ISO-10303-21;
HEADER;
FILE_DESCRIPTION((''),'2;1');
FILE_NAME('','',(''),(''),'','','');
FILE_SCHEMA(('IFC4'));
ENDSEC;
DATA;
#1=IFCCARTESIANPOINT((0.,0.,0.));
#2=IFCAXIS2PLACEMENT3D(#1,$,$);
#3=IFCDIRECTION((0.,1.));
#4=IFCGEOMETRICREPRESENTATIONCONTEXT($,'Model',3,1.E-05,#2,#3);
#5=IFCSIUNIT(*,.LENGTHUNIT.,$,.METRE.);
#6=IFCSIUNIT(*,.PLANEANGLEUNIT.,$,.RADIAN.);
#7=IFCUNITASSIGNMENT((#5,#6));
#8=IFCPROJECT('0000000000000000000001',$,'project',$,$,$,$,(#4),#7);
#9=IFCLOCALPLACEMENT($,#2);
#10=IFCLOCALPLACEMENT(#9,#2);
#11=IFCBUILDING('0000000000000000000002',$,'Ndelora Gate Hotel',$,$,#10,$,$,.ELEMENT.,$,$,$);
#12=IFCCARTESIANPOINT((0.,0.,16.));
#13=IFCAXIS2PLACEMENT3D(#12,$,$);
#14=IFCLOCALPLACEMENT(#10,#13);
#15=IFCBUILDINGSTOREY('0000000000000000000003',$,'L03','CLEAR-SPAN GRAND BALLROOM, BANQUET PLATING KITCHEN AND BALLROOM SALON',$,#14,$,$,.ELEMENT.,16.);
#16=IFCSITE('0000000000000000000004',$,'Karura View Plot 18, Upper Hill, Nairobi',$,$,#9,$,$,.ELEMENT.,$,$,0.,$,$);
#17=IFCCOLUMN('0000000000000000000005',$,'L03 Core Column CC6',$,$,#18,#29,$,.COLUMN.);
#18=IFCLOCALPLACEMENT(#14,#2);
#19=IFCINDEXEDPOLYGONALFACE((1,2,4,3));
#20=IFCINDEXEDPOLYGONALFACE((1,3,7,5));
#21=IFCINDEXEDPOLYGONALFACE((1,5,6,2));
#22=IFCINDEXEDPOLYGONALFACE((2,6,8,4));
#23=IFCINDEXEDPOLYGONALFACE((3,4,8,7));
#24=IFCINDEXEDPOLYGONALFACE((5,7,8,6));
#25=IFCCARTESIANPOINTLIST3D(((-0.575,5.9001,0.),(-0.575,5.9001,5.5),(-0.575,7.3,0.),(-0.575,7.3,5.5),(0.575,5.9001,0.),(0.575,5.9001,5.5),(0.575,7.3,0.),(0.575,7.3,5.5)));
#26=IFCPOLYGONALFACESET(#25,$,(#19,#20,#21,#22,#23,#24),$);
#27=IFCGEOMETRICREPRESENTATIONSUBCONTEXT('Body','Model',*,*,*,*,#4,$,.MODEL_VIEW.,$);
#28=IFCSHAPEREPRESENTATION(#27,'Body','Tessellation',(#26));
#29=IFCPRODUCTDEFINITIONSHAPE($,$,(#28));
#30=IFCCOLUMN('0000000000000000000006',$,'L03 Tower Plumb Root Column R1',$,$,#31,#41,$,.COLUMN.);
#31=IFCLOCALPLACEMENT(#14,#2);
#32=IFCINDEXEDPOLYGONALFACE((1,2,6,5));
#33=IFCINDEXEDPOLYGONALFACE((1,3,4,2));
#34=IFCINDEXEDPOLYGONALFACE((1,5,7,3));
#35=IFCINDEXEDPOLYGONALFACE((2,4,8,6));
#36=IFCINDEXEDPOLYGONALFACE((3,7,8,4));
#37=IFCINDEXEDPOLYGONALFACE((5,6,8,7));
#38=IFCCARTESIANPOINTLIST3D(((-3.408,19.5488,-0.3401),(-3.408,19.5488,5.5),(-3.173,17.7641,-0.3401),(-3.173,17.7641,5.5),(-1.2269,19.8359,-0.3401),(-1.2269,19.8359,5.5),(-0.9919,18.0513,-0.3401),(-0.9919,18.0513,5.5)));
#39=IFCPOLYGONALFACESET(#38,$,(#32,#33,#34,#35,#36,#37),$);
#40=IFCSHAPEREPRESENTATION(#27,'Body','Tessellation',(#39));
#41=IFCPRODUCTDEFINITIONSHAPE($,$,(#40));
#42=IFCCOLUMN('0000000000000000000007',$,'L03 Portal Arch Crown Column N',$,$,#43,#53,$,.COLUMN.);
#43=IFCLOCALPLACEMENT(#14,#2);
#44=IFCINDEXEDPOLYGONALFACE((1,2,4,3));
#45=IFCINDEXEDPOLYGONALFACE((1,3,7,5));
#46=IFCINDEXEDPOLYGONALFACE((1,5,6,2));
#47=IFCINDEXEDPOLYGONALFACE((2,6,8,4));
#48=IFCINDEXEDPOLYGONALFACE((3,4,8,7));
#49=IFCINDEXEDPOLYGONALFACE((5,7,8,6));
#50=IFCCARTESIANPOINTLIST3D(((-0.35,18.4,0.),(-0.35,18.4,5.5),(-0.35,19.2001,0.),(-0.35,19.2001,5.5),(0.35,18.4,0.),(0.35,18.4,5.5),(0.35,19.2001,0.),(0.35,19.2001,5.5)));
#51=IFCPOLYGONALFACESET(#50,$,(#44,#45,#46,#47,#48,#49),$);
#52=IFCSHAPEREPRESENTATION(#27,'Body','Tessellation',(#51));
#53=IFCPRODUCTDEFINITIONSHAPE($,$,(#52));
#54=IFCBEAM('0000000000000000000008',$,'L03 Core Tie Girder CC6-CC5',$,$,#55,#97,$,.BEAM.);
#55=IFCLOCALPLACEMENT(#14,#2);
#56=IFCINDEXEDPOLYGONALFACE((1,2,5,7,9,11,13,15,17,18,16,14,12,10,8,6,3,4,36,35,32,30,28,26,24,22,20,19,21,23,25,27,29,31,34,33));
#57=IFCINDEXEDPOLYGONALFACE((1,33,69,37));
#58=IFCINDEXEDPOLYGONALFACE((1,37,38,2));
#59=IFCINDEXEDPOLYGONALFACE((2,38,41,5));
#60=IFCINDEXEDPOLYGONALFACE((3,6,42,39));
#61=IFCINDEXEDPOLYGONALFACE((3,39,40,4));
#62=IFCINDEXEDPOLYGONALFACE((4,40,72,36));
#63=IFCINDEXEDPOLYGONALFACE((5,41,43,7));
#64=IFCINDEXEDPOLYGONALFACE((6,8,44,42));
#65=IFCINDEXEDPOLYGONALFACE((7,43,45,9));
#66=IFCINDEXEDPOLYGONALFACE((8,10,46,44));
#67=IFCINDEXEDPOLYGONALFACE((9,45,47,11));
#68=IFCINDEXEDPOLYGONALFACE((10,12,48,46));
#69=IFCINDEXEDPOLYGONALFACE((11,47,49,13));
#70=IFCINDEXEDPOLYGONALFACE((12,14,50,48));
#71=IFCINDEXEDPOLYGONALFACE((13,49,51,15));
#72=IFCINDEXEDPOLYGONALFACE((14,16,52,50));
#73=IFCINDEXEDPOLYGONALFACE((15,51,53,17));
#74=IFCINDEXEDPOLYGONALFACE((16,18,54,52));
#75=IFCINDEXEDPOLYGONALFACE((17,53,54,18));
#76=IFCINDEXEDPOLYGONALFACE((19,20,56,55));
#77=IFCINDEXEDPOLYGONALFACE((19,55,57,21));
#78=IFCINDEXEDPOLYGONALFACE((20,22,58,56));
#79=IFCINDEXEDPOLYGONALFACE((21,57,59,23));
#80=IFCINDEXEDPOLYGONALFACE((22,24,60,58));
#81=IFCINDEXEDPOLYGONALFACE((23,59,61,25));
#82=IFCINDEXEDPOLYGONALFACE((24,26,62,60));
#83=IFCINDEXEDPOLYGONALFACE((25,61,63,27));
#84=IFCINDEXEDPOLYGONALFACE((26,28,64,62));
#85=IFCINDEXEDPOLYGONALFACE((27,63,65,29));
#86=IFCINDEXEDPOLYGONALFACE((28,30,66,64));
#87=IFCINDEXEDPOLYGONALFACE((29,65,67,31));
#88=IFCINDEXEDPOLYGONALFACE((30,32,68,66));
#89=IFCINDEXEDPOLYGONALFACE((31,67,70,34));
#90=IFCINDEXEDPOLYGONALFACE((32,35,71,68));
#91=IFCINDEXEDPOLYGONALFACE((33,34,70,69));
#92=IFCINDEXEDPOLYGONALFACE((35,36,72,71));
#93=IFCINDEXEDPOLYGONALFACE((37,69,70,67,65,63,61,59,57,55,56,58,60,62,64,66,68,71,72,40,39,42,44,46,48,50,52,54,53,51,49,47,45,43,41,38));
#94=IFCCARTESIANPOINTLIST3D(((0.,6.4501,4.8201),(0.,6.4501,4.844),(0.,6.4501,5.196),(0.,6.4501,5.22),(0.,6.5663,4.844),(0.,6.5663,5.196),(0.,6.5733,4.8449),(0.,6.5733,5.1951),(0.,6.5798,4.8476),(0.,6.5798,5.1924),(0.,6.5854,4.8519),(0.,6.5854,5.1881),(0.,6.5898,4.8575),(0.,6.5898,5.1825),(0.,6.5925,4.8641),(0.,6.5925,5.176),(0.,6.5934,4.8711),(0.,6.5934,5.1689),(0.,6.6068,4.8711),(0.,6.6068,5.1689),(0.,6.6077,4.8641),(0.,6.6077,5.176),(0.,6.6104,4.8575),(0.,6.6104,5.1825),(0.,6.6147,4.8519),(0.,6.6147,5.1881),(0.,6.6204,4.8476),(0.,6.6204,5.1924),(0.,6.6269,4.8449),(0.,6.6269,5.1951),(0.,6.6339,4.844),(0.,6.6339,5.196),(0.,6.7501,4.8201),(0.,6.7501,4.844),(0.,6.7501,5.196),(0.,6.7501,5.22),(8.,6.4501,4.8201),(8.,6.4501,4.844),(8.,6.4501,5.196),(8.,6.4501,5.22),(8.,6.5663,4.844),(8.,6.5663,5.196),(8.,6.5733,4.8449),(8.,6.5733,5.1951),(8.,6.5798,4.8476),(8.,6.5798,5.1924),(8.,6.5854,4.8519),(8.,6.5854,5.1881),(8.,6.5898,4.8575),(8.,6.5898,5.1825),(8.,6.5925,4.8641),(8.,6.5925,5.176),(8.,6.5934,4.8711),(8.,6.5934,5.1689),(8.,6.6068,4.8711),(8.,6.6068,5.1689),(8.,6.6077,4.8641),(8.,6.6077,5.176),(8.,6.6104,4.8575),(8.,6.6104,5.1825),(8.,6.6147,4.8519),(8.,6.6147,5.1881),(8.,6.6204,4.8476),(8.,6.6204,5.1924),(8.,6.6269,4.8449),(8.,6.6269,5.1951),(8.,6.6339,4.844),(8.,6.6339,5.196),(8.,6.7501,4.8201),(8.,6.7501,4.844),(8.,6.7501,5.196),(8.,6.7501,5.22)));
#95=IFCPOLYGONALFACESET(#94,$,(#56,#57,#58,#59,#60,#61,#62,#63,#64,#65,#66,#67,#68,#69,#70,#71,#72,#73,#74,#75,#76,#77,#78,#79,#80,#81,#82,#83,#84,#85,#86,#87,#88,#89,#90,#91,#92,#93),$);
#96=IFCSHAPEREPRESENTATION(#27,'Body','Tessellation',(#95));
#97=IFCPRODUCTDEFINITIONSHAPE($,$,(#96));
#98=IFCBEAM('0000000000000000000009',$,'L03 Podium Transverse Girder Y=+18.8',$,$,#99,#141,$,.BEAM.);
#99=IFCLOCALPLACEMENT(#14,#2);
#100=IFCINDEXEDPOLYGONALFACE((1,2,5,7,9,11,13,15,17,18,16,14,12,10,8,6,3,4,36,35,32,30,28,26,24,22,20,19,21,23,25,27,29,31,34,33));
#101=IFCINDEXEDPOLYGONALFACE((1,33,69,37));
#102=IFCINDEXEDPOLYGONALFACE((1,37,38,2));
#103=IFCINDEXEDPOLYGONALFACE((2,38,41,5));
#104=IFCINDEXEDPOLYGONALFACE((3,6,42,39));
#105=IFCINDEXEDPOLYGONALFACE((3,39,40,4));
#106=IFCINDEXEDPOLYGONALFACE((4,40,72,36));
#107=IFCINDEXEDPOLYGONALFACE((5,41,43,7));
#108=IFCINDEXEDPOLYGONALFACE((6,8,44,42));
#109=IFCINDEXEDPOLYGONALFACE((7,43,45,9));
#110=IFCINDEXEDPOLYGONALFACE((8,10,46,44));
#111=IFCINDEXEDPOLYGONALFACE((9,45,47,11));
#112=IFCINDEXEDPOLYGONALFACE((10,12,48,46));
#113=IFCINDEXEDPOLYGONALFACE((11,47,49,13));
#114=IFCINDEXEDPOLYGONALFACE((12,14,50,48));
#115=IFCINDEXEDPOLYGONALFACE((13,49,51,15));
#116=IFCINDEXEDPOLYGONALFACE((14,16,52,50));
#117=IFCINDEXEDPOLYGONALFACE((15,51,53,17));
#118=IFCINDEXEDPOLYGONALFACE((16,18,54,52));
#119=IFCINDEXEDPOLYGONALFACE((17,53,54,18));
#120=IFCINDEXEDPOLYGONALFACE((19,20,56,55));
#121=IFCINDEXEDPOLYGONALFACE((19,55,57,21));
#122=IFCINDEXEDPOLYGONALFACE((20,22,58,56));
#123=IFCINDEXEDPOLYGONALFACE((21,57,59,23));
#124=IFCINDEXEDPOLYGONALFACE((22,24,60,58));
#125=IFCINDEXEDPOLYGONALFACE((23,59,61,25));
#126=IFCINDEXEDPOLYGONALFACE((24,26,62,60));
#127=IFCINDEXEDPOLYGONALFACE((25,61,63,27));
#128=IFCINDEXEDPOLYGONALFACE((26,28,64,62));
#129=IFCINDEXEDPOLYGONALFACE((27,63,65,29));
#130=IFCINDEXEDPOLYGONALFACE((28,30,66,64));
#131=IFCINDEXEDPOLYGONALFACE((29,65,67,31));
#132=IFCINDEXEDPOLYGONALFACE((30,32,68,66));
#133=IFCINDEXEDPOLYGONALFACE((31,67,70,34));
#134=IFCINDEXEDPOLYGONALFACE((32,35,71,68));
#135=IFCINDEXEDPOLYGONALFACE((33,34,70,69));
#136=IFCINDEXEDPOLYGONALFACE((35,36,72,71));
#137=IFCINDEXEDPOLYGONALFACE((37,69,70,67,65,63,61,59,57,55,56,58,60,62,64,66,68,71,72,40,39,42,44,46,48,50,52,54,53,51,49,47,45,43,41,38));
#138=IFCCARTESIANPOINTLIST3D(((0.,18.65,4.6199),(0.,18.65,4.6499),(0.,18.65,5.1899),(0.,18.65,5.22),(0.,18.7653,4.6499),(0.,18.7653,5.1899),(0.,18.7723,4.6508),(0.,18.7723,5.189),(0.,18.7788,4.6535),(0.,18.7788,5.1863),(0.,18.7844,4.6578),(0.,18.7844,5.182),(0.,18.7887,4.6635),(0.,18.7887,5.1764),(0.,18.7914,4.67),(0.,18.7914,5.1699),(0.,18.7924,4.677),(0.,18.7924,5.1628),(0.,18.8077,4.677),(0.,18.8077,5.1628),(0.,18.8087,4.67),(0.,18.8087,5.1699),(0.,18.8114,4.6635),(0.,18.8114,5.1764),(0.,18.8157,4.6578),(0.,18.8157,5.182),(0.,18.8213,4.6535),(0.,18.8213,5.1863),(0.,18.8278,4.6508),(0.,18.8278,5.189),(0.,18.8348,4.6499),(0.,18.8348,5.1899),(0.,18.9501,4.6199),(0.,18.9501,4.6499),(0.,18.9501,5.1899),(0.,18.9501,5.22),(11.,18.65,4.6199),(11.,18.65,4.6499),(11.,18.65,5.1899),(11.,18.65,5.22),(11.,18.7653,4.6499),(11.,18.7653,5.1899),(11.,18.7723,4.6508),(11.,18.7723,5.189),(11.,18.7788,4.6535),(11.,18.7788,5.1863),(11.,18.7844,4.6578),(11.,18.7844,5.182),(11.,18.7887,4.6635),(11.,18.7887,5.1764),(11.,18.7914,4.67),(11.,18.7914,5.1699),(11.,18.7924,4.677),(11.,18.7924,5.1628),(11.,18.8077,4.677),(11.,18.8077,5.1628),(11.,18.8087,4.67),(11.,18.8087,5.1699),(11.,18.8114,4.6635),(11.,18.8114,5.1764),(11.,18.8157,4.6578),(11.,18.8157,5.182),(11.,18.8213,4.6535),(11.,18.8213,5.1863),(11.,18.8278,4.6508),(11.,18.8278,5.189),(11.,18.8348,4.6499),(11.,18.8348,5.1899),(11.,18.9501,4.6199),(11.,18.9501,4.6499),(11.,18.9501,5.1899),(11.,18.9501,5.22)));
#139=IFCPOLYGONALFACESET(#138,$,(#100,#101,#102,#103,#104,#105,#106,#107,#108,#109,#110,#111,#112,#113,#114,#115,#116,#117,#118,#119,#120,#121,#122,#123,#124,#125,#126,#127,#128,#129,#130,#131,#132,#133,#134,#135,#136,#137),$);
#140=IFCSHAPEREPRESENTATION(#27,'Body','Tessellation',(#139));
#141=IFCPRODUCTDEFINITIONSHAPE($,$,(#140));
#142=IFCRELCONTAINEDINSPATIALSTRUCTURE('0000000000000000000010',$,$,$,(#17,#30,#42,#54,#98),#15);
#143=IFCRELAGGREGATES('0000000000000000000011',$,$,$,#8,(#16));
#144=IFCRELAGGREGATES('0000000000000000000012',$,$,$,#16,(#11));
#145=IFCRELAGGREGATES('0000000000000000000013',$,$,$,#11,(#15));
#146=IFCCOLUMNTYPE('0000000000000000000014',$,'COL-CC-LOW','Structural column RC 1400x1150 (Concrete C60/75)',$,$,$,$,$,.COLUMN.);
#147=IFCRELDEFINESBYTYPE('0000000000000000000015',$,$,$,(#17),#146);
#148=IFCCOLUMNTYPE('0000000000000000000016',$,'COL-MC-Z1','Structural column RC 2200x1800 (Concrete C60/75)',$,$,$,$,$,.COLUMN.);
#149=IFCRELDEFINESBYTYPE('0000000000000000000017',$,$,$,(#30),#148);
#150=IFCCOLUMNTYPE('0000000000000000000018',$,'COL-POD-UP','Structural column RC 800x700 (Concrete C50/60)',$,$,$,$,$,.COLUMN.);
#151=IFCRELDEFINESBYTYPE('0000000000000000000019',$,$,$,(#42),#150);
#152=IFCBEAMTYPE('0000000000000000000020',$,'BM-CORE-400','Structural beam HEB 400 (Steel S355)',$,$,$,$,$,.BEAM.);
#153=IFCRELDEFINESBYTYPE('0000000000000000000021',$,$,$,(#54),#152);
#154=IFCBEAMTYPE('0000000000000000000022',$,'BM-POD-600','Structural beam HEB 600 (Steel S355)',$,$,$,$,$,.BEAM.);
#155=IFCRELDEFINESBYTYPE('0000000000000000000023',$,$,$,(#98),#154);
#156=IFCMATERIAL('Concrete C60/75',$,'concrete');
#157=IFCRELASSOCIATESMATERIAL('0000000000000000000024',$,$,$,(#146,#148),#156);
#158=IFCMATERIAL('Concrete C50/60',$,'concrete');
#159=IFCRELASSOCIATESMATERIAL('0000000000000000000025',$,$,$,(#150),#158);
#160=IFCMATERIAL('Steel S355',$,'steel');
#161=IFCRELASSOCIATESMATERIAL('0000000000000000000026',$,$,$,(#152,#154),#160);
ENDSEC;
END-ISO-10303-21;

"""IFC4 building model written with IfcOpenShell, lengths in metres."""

from ifc_helpers import new_model, si_unit, direction, frame, origin, origin_2d, place, context, subcontext, project, spatial, rectangle, i_section, extrude, material, material_profile, profile_set, type_object, element, save


model = new_model("IFC4")

# Units and contexts
model_context = context("Model", 3, precision=1e-05, world=origin(), true_north=direction((0.0, 1.0)))
body_context = subcontext(model_context, "Body", "Model", "MODEL_VIEW")
ifc_project = project(units=[si_unit("LENGTHUNIT", "METRE"), si_unit("PLANEANGLEUNIT", "RADIAN")], contexts=[model_context])

# Site, building, storey
site_placement = place(None, origin())
site = spatial("IfcSite", under=ifc_project, at=site_placement, Name="Karura View Plot 18, Upper Hill, Nairobi", CompositionType="ELEMENT", RefElevation=0.0)
building_placement = place(site_placement, origin())
building = spatial("IfcBuilding", under=site, at=building_placement, Name="Ndelora Gate Hotel", CompositionType="ELEMENT")
storey_placement = place(building_placement, frame((0.0, 0.0, 16.0)))
storey = spatial("IfcBuildingStorey", under=building, at=storey_placement, Name="L03", Description="CLEAR-SPAN GRAND BALLROOM, BANQUET PLATING KITCHEN AND BALLROOM SALON", CompositionType="ELEMENT", Elevation=16.0)

# Columns
ifc_material_1 = material(Name="Concrete C60/75", Category="concrete")
ifc_material_profile_1 = material_profile(ifc_material_1, rectangle(XDim=1.1499, YDim=1.3999, at=origin_2d()), Name="RC 1400x1150")
ifc_profile_set_1 = profile_set([ifc_material_profile_1], Name="Concrete C60/75")
column_type_1 = type_object("IfcColumnType", Name="COL-CC-LOW", Description="Structural column RC 1400x1150 (Concrete C60/75)", PredefinedType="COLUMN", material=ifc_profile_set_1)
column_1_placement = place(storey_placement, frame((0.0, 6.6001, 0.0), z_axis=(0.0, 0.0, 1.0), x_axis=(1.0, 0.0, 0.0)))
element("IfcColumn", 1, at=column_1_placement, inside=storey, type_object=column_type_1, Name="L03 Core Column CC6", PredefinedType="COLUMN", context=body_context, shape_type="SweptSolid", body=[
    extrude(rectangle(XDim=1.1499, YDim=1.3999, at=origin_2d()), origin(), (0.0, 0.0, 1.0), 5.5),
])
ifc_material_profile_2 = material_profile(ifc_material_1, rectangle(XDim=1.8, YDim=2.2, at=origin_2d()), Name="RC 2200x1800")
ifc_profile_set_2 = profile_set([ifc_material_profile_2], Name="Concrete C60/75")
column_type_2 = type_object("IfcColumnType", Name="COL-MC-Z1", Description="Structural column RC 2200x1800 (Concrete C60/75)", PredefinedType="COLUMN", material=ifc_profile_set_2)
column_2_placement = place(storey_placement, frame((-2.2, 18.8, -0.3401), z_axis=(0.0, 0.0, 1.0), x_axis=(-0.130526, 0.991445, 0.0)))
element("IfcColumn", 2, at=column_2_placement, inside=storey, type_object=column_type_2, Name="L03 Tower Plumb Root Column R1", PredefinedType="COLUMN", context=body_context, shape_type="SweptSolid", body=[
    extrude(rectangle(XDim=1.8, YDim=2.2, at=origin_2d()), origin(), (0.0, 0.0, 1.0), 5.8401),
])
ifc_material_2 = material(Name="Concrete C50/60", Category="concrete")
ifc_material_profile_3 = material_profile(ifc_material_2, rectangle(XDim=0.7, YDim=0.8, at=origin_2d()), Name="RC 800x700")
ifc_profile_set_3 = profile_set([ifc_material_profile_3], Name="Concrete C50/60")
column_type_3 = type_object("IfcColumnType", Name="COL-POD-UP", Description="Structural column RC 800x700 (Concrete C50/60)", PredefinedType="COLUMN", material=ifc_profile_set_3)
column_3_placement = place(storey_placement, frame((0.0, 18.8, 0.0), z_axis=(0.0, 0.0, 1.0), x_axis=(1.0, 0.0, 0.0)))
element("IfcColumn", 3, at=column_3_placement, inside=storey, type_object=column_type_3, Name="L03 Portal Arch Crown Column N", PredefinedType="COLUMN", context=body_context, shape_type="SweptSolid", body=[
    extrude(rectangle(XDim=0.7, YDim=0.8, at=origin_2d()), origin(), (0.0, 0.0, 1.0), 5.5),
])

# Beams
ifc_material_3 = material(Name="Steel S355", Category="steel")
ifc_material_profile_4 = material_profile(ifc_material_3, i_section(OverallWidth=0.3, OverallDepth=0.3999, WebThickness=0.0134, FlangeThickness=0.0239, FilletRadius=0.0271, at=origin_2d()), Name="HEB 400")
ifc_profile_set_4 = profile_set([ifc_material_profile_4], Name="Steel S355")
beam_type_1 = type_object("IfcBeamType", Name="BM-CORE-400", Description="Structural beam HEB 400 (Steel S355)", PredefinedType="BEAM", material=ifc_profile_set_4)
beam_1_placement = place(storey_placement, frame((0.0, 6.6001, 5.02), z_axis=(1.0, 0.0, 0.0), x_axis=(0.0, 1.0, 0.0)))
element("IfcBeam", 4, at=beam_1_placement, inside=storey, type_object=beam_type_1, Name="L03 Core Tie Girder CC6-CC5", PredefinedType="BEAM", context=body_context, shape_type="SweptSolid", body=[
    extrude(i_section(OverallWidth=0.3, OverallDepth=0.3999, WebThickness=0.0134, FlangeThickness=0.0239, FilletRadius=0.0271, at=origin_2d()), origin(), (0.0, 0.0, 1.0), 8.0),
])
ifc_material_profile_5 = material_profile(ifc_material_3, i_section(OverallWidth=0.3, OverallDepth=0.6001, WebThickness=0.0154, FlangeThickness=0.03, FilletRadius=0.0271, at=origin_2d()), Name="HEB 600")
ifc_profile_set_5 = profile_set([ifc_material_profile_5], Name="Steel S355")
beam_type_2 = type_object("IfcBeamType", Name="BM-POD-600", Description="Structural beam HEB 600 (Steel S355)", PredefinedType="BEAM", material=ifc_profile_set_5)
beam_2_placement = place(storey_placement, frame((0.0, 18.8, 4.9199), z_axis=(1.0, 0.0, 0.0), x_axis=(0.0, 1.0, 0.0)))
element("IfcBeam", 5, at=beam_2_placement, inside=storey, type_object=beam_type_2, Name="L03 Podium Transverse Girder Y=+18.8", PredefinedType="BEAM", context=body_context, shape_type="SweptSolid", body=[
    extrude(i_section(OverallWidth=0.3, OverallDepth=0.6001, WebThickness=0.0154, FlangeThickness=0.03, FilletRadius=0.0271, at=origin_2d()), origin(), (0.0, 0.0, 1.0), 11.0),
])

save(model, "model.ifc")
